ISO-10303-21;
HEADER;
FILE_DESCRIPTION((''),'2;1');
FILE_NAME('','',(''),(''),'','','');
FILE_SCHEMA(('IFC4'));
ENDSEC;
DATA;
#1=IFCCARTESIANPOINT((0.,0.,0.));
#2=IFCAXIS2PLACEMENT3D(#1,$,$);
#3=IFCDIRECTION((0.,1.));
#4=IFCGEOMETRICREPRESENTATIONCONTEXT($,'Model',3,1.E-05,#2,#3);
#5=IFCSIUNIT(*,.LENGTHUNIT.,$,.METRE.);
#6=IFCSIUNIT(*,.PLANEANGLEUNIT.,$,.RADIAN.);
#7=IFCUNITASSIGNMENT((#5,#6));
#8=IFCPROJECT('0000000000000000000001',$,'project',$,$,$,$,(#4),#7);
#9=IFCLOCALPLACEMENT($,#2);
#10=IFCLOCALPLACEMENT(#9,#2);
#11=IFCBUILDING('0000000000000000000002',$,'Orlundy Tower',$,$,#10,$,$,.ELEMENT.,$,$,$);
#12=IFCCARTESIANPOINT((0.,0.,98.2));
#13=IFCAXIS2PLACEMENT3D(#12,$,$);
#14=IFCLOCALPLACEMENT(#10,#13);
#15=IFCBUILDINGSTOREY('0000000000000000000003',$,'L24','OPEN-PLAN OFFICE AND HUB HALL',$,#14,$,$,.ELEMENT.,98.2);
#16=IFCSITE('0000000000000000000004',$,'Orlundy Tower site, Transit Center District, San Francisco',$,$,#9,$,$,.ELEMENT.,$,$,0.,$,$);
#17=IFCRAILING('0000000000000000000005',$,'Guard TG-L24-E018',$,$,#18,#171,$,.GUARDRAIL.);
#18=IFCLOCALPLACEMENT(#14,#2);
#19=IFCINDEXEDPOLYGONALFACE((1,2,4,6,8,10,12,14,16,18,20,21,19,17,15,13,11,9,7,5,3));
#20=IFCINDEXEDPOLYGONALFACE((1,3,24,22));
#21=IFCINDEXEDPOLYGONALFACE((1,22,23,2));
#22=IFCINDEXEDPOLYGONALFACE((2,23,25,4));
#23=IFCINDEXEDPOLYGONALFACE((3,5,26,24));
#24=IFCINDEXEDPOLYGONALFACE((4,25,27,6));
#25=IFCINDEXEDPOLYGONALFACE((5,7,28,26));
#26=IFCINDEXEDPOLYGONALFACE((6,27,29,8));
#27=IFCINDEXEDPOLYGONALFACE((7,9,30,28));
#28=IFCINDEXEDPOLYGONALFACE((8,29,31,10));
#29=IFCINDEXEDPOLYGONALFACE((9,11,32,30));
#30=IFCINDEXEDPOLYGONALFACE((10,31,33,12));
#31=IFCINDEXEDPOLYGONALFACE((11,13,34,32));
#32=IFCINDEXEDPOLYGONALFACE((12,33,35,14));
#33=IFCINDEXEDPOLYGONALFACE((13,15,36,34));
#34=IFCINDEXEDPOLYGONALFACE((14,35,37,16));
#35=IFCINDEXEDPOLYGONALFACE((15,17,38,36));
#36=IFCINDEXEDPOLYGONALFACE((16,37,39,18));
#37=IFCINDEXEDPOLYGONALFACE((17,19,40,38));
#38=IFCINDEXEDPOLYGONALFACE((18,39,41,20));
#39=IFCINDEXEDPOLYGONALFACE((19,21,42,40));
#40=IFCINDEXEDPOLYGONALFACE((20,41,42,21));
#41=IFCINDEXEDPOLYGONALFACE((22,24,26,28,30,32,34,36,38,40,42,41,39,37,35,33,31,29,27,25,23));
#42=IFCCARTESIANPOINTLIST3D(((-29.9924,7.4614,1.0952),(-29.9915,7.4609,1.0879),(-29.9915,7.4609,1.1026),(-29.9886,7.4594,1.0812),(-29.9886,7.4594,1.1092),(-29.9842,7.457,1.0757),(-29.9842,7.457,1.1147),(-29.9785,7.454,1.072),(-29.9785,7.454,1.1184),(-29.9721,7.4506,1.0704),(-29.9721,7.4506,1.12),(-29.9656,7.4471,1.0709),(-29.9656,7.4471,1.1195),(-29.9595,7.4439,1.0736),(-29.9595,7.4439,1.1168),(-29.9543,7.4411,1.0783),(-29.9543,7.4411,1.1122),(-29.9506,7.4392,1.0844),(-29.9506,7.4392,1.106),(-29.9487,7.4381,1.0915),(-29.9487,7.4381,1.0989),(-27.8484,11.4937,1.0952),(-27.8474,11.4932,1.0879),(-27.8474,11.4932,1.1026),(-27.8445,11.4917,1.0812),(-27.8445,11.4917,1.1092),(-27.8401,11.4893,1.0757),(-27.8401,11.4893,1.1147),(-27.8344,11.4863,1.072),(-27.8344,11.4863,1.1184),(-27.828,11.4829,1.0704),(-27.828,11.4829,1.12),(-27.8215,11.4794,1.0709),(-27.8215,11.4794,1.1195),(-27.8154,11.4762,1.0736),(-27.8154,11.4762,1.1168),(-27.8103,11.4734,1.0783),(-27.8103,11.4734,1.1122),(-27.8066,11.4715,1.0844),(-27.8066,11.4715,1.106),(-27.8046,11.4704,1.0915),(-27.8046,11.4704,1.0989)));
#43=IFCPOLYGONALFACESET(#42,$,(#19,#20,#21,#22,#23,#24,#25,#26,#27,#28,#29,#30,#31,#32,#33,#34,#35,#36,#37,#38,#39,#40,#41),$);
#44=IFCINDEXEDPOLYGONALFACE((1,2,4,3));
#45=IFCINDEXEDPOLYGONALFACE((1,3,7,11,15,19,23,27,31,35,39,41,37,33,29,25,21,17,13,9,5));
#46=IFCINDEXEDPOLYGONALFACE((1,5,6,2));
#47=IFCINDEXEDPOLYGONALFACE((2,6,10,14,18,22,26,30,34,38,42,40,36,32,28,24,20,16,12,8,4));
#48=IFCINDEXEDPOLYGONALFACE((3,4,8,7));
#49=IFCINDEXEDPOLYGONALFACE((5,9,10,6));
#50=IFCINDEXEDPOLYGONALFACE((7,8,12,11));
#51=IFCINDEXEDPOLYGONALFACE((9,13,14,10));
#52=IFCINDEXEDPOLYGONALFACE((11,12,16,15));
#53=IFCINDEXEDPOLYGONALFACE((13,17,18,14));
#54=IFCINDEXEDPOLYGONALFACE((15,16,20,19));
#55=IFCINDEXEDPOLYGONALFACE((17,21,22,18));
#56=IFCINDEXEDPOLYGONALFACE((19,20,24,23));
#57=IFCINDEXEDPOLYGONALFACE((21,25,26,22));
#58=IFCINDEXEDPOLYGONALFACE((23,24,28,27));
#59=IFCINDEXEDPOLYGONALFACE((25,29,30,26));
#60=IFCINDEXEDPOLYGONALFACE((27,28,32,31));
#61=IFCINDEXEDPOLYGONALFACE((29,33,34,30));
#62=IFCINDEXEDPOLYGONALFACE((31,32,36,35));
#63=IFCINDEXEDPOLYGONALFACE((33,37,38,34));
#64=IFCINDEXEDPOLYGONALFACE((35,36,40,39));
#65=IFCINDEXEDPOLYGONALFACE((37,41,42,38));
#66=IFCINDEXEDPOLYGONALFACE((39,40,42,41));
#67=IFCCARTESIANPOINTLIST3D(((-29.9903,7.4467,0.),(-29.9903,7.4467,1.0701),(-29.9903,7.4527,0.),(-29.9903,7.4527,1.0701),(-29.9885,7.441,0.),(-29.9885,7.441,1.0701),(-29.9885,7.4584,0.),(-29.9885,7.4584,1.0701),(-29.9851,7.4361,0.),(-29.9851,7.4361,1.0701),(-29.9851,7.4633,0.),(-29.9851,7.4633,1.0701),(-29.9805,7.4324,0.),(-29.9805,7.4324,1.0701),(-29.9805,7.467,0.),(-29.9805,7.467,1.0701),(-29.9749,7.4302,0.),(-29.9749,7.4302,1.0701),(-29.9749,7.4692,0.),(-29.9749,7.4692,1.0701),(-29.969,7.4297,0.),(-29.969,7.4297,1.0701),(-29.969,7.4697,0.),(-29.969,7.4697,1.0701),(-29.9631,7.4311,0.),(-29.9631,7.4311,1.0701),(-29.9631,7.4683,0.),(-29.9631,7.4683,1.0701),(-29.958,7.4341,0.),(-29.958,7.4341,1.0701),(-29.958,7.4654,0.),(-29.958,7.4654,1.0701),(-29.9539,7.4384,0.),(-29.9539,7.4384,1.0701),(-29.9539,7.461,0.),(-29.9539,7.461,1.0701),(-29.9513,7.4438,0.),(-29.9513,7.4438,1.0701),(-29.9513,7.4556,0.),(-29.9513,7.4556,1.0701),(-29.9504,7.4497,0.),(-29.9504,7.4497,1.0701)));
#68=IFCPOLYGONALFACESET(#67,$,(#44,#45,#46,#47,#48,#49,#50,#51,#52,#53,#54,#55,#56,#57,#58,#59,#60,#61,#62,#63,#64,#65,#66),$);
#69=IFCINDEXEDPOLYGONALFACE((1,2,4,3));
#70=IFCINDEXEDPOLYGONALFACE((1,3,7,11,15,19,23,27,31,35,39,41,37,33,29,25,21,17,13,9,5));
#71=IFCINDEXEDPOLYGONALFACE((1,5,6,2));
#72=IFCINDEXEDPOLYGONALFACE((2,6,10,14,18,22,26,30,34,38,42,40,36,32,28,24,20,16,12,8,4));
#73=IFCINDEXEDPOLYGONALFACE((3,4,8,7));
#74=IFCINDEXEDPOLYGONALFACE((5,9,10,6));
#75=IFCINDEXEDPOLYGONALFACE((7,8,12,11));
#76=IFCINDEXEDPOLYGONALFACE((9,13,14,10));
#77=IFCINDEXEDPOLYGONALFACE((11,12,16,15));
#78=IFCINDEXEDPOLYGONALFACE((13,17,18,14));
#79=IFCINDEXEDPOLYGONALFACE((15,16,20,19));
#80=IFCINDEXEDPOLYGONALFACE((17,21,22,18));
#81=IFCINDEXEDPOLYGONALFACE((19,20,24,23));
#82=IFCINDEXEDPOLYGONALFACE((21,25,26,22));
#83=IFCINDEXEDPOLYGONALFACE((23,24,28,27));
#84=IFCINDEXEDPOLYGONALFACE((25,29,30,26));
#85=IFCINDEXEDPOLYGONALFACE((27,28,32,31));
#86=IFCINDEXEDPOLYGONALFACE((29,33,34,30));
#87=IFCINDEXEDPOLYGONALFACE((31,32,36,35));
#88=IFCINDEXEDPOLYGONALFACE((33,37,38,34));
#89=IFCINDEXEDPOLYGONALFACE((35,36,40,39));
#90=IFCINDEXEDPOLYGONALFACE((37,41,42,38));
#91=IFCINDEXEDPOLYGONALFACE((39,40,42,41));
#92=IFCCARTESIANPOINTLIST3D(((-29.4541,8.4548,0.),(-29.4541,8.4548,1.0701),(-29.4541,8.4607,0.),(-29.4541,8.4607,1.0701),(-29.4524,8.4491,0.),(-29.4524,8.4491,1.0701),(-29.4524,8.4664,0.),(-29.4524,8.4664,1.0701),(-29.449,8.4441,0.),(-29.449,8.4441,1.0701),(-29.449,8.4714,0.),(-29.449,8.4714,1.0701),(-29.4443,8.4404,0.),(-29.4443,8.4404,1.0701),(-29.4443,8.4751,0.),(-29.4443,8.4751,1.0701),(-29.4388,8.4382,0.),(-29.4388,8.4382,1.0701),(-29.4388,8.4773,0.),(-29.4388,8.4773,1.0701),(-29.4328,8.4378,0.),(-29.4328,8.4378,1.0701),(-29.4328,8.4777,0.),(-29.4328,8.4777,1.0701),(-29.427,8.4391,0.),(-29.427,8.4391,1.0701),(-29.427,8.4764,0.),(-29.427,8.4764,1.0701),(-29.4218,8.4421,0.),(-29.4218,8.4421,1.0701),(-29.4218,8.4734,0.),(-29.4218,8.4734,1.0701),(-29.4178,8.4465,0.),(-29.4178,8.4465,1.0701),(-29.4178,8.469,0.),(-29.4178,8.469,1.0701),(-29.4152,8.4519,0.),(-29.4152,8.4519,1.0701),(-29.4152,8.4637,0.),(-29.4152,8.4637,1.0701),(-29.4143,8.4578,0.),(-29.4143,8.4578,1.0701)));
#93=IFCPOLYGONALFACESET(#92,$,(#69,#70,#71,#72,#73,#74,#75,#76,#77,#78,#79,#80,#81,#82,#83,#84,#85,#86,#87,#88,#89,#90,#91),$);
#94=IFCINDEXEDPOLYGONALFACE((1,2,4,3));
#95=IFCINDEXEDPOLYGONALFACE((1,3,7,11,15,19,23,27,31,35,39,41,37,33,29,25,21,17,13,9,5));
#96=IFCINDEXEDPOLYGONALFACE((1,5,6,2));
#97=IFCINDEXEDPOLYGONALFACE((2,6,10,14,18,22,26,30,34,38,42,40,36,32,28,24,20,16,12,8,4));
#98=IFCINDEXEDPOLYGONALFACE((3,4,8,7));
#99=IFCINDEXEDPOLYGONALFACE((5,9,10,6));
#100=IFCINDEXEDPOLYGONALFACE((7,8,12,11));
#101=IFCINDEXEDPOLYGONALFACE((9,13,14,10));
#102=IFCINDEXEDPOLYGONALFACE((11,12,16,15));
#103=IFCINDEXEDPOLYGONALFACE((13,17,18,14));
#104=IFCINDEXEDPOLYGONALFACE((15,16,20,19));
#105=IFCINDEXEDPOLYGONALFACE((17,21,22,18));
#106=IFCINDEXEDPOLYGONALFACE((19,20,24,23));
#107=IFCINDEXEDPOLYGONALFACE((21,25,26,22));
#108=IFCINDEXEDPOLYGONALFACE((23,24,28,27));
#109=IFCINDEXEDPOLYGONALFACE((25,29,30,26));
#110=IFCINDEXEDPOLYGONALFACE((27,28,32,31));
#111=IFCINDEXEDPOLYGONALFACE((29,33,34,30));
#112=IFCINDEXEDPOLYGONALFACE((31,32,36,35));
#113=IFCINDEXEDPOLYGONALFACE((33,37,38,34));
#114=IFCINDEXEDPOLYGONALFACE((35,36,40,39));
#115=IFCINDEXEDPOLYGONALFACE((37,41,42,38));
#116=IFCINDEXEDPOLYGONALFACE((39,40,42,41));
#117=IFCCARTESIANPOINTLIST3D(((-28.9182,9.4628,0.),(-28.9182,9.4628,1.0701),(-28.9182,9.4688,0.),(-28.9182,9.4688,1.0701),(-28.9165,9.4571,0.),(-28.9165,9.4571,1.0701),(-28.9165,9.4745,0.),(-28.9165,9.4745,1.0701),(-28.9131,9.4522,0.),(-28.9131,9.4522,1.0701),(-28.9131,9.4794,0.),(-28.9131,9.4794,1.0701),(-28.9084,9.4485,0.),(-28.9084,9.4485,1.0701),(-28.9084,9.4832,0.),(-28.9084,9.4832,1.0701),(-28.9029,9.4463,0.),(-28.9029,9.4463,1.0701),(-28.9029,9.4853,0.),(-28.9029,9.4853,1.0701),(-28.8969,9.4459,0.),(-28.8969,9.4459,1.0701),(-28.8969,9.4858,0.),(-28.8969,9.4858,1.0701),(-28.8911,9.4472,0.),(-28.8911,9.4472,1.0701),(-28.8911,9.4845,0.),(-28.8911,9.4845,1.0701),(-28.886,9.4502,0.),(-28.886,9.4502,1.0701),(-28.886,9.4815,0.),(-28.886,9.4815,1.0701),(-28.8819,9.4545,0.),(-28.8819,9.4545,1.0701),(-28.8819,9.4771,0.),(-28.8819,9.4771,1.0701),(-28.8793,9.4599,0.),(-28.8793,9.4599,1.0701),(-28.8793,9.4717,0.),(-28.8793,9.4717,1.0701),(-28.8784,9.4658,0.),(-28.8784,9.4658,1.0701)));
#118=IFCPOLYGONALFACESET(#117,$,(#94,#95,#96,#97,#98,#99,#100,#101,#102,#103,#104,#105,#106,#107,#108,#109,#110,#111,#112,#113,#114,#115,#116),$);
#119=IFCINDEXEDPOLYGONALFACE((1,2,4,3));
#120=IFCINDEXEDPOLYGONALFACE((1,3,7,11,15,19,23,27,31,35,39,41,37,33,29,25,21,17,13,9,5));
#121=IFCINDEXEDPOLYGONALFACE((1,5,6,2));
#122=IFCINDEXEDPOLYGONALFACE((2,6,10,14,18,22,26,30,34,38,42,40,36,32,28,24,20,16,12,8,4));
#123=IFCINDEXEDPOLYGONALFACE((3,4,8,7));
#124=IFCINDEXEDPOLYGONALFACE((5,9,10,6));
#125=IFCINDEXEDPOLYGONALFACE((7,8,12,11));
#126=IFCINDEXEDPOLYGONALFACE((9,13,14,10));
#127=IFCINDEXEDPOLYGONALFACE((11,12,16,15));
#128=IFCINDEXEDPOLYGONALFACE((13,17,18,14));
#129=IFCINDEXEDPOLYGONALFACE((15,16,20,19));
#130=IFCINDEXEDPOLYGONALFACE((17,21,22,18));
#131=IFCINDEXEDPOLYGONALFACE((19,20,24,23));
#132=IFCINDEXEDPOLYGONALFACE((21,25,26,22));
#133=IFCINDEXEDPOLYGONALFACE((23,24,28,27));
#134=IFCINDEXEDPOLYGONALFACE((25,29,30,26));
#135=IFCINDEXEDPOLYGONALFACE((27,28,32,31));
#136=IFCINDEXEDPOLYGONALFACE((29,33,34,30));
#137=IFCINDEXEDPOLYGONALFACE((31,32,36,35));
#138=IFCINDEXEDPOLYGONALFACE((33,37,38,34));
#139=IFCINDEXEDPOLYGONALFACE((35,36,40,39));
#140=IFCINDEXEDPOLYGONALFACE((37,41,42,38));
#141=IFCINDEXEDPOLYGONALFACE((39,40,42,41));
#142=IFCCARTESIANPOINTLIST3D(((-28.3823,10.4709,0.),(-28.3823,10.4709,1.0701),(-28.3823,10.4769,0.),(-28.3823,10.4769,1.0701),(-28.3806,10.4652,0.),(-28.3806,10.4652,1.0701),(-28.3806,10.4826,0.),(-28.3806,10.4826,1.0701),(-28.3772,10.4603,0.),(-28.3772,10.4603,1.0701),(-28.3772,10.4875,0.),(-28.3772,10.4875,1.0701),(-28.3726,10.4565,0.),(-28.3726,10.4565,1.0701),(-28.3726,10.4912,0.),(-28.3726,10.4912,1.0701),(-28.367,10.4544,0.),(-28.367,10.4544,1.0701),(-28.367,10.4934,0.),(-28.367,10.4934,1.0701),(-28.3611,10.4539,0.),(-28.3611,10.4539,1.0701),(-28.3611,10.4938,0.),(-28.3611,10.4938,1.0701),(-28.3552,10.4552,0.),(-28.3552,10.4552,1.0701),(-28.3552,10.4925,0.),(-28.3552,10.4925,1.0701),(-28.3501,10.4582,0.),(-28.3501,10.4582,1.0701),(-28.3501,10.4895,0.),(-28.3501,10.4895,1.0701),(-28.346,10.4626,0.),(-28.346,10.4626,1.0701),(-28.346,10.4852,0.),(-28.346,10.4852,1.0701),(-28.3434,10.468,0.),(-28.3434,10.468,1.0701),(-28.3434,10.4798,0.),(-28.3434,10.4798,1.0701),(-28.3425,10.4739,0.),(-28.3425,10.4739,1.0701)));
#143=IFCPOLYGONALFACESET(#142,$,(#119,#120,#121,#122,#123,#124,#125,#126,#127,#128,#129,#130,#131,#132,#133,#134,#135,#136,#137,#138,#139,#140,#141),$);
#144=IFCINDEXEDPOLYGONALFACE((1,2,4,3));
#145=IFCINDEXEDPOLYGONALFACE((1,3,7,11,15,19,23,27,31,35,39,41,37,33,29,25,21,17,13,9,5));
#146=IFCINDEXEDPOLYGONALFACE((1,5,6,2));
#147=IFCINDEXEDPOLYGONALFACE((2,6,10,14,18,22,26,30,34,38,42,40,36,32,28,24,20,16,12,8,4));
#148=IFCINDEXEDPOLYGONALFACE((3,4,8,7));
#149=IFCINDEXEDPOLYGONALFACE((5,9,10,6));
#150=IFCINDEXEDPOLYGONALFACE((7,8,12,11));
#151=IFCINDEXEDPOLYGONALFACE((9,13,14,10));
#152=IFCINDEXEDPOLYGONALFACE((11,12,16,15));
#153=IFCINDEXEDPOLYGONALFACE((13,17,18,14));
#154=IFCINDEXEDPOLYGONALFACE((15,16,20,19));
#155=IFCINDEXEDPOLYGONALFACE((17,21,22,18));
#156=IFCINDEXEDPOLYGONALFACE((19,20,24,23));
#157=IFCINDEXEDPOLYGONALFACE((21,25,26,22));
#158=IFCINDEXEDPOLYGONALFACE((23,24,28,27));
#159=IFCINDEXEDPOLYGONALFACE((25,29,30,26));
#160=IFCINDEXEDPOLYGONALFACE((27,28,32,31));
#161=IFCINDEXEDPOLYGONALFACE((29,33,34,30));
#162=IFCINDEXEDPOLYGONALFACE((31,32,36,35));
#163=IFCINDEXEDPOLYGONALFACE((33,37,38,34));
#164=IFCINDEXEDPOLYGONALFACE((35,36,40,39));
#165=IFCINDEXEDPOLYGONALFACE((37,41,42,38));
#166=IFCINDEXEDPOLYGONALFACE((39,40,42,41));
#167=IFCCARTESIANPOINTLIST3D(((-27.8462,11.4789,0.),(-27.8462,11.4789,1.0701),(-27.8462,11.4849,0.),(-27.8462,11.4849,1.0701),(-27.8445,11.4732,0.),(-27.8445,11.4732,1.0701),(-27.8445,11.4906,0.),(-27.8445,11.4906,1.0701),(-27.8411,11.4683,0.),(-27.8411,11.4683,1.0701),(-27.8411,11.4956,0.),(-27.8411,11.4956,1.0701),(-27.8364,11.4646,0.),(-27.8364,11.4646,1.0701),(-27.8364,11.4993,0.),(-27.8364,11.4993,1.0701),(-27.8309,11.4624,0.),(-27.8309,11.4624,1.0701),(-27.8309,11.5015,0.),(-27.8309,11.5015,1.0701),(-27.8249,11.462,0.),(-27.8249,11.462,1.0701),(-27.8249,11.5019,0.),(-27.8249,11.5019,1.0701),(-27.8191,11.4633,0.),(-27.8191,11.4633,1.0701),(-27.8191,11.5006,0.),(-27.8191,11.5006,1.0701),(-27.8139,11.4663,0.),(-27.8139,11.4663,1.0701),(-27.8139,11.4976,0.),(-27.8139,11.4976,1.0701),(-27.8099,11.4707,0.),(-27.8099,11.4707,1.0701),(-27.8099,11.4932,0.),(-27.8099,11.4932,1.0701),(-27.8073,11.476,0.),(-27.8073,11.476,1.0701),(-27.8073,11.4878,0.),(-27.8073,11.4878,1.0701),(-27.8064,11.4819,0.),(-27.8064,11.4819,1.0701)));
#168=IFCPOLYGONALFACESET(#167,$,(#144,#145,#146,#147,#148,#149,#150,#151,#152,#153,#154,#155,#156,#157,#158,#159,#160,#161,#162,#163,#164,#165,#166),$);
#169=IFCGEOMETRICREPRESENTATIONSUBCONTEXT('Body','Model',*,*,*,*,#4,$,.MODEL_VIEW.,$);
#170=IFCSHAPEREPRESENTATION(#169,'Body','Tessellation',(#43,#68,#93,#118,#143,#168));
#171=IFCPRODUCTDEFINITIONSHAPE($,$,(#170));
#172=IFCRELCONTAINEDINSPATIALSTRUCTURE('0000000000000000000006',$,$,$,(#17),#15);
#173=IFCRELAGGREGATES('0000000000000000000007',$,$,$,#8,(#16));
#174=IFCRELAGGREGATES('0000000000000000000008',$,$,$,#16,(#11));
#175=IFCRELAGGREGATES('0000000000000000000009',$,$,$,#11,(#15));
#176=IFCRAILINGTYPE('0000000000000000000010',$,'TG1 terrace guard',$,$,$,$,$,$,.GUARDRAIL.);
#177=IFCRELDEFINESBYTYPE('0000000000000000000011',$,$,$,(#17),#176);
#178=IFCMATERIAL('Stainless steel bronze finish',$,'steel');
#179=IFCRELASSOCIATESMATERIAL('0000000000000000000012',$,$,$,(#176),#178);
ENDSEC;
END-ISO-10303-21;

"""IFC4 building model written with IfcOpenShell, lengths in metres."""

from ifc_helpers import new_model, si_unit, direction, frame, origin, origin_2d, place, context, subcontext, project, spatial, circle, extrude, material, type_object, element, save


model = new_model("IFC4")

# Units and contexts
model_context = context("Model", 3, precision=1e-05, world=origin(), true_north=direction((0.0, 1.0)))
body_context = subcontext(model_context, "Body", "Model", "MODEL_VIEW")
ifc_project = project(units=[si_unit("LENGTHUNIT", "METRE"), si_unit("PLANEANGLEUNIT", "RADIAN")], contexts=[model_context])

# Site, building, storey
site_placement = place(None, origin())
site = spatial("IfcSite", under=ifc_project, at=site_placement, Name="Orlundy Tower site, Transit Center District, San Francisco", CompositionType="ELEMENT", RefElevation=0.0)
building_placement = place(site_placement, origin())
building = spatial("IfcBuilding", under=site, at=building_placement, Name="Orlundy Tower", CompositionType="ELEMENT")
storey_placement = place(building_placement, frame((0.0, 0.0, 98.2)))
storey = spatial("IfcBuildingStorey", under=building, at=storey_placement, Name="L24", Description="OPEN-PLAN OFFICE AND HUB HALL", CompositionType="ELEMENT", Elevation=98.2)

# Railing
ifc_material_1 = material(Name="Stainless steel bronze finish", Category="steel")
railing_type_1 = type_object("IfcRailingType", Name="TG1 terrace guard", PredefinedType="GUARDRAIL", material=ifc_material_1)
railing_1_placement = place(storey_placement, frame((-29.9705, 7.4497, 0.0)))
element("IfcRailing", 1, at=railing_1_placement, inside=storey, type_object=railing_type_1, Name="Guard TG-L24-E018", PredefinedType="GUARDRAIL", context=body_context, shape_type="SweptSolid", body=[
    extrude(circle(Radius=0.0249, at=origin_2d()), frame((0.0, 0.0, 1.0952), z_axis=(0.469484, 0.882941, 0.0), x_axis=(-0.882941, 0.469484, 0.0)), (0.0, 0.0, 1.0), 4.5669),
    extrude(circle(Radius=0.02, at=origin_2d()), origin(), (0.0, 0.0, 1.0), 1.0701),
    extrude(circle(Radius=0.02, at=origin_2d()), frame((0.5361, 1.0081, 0.0)), (0.0, 0.0, 1.0), 1.0701),
    extrude(circle(Radius=0.02, at=origin_2d()), frame((1.072, 2.0161, 0.0)), (0.0, 0.0, 1.0), 1.0701),
    extrude(circle(Radius=0.02, at=origin_2d()), frame((1.6079, 3.0242, 0.0)), (0.0, 0.0, 1.0), 1.0701),
    extrude(circle(Radius=0.02, at=origin_2d()), frame((2.144, 4.0322, 0.0)), (0.0, 0.0, 1.0), 1.0701),
])

save(model, "model.ifc")
